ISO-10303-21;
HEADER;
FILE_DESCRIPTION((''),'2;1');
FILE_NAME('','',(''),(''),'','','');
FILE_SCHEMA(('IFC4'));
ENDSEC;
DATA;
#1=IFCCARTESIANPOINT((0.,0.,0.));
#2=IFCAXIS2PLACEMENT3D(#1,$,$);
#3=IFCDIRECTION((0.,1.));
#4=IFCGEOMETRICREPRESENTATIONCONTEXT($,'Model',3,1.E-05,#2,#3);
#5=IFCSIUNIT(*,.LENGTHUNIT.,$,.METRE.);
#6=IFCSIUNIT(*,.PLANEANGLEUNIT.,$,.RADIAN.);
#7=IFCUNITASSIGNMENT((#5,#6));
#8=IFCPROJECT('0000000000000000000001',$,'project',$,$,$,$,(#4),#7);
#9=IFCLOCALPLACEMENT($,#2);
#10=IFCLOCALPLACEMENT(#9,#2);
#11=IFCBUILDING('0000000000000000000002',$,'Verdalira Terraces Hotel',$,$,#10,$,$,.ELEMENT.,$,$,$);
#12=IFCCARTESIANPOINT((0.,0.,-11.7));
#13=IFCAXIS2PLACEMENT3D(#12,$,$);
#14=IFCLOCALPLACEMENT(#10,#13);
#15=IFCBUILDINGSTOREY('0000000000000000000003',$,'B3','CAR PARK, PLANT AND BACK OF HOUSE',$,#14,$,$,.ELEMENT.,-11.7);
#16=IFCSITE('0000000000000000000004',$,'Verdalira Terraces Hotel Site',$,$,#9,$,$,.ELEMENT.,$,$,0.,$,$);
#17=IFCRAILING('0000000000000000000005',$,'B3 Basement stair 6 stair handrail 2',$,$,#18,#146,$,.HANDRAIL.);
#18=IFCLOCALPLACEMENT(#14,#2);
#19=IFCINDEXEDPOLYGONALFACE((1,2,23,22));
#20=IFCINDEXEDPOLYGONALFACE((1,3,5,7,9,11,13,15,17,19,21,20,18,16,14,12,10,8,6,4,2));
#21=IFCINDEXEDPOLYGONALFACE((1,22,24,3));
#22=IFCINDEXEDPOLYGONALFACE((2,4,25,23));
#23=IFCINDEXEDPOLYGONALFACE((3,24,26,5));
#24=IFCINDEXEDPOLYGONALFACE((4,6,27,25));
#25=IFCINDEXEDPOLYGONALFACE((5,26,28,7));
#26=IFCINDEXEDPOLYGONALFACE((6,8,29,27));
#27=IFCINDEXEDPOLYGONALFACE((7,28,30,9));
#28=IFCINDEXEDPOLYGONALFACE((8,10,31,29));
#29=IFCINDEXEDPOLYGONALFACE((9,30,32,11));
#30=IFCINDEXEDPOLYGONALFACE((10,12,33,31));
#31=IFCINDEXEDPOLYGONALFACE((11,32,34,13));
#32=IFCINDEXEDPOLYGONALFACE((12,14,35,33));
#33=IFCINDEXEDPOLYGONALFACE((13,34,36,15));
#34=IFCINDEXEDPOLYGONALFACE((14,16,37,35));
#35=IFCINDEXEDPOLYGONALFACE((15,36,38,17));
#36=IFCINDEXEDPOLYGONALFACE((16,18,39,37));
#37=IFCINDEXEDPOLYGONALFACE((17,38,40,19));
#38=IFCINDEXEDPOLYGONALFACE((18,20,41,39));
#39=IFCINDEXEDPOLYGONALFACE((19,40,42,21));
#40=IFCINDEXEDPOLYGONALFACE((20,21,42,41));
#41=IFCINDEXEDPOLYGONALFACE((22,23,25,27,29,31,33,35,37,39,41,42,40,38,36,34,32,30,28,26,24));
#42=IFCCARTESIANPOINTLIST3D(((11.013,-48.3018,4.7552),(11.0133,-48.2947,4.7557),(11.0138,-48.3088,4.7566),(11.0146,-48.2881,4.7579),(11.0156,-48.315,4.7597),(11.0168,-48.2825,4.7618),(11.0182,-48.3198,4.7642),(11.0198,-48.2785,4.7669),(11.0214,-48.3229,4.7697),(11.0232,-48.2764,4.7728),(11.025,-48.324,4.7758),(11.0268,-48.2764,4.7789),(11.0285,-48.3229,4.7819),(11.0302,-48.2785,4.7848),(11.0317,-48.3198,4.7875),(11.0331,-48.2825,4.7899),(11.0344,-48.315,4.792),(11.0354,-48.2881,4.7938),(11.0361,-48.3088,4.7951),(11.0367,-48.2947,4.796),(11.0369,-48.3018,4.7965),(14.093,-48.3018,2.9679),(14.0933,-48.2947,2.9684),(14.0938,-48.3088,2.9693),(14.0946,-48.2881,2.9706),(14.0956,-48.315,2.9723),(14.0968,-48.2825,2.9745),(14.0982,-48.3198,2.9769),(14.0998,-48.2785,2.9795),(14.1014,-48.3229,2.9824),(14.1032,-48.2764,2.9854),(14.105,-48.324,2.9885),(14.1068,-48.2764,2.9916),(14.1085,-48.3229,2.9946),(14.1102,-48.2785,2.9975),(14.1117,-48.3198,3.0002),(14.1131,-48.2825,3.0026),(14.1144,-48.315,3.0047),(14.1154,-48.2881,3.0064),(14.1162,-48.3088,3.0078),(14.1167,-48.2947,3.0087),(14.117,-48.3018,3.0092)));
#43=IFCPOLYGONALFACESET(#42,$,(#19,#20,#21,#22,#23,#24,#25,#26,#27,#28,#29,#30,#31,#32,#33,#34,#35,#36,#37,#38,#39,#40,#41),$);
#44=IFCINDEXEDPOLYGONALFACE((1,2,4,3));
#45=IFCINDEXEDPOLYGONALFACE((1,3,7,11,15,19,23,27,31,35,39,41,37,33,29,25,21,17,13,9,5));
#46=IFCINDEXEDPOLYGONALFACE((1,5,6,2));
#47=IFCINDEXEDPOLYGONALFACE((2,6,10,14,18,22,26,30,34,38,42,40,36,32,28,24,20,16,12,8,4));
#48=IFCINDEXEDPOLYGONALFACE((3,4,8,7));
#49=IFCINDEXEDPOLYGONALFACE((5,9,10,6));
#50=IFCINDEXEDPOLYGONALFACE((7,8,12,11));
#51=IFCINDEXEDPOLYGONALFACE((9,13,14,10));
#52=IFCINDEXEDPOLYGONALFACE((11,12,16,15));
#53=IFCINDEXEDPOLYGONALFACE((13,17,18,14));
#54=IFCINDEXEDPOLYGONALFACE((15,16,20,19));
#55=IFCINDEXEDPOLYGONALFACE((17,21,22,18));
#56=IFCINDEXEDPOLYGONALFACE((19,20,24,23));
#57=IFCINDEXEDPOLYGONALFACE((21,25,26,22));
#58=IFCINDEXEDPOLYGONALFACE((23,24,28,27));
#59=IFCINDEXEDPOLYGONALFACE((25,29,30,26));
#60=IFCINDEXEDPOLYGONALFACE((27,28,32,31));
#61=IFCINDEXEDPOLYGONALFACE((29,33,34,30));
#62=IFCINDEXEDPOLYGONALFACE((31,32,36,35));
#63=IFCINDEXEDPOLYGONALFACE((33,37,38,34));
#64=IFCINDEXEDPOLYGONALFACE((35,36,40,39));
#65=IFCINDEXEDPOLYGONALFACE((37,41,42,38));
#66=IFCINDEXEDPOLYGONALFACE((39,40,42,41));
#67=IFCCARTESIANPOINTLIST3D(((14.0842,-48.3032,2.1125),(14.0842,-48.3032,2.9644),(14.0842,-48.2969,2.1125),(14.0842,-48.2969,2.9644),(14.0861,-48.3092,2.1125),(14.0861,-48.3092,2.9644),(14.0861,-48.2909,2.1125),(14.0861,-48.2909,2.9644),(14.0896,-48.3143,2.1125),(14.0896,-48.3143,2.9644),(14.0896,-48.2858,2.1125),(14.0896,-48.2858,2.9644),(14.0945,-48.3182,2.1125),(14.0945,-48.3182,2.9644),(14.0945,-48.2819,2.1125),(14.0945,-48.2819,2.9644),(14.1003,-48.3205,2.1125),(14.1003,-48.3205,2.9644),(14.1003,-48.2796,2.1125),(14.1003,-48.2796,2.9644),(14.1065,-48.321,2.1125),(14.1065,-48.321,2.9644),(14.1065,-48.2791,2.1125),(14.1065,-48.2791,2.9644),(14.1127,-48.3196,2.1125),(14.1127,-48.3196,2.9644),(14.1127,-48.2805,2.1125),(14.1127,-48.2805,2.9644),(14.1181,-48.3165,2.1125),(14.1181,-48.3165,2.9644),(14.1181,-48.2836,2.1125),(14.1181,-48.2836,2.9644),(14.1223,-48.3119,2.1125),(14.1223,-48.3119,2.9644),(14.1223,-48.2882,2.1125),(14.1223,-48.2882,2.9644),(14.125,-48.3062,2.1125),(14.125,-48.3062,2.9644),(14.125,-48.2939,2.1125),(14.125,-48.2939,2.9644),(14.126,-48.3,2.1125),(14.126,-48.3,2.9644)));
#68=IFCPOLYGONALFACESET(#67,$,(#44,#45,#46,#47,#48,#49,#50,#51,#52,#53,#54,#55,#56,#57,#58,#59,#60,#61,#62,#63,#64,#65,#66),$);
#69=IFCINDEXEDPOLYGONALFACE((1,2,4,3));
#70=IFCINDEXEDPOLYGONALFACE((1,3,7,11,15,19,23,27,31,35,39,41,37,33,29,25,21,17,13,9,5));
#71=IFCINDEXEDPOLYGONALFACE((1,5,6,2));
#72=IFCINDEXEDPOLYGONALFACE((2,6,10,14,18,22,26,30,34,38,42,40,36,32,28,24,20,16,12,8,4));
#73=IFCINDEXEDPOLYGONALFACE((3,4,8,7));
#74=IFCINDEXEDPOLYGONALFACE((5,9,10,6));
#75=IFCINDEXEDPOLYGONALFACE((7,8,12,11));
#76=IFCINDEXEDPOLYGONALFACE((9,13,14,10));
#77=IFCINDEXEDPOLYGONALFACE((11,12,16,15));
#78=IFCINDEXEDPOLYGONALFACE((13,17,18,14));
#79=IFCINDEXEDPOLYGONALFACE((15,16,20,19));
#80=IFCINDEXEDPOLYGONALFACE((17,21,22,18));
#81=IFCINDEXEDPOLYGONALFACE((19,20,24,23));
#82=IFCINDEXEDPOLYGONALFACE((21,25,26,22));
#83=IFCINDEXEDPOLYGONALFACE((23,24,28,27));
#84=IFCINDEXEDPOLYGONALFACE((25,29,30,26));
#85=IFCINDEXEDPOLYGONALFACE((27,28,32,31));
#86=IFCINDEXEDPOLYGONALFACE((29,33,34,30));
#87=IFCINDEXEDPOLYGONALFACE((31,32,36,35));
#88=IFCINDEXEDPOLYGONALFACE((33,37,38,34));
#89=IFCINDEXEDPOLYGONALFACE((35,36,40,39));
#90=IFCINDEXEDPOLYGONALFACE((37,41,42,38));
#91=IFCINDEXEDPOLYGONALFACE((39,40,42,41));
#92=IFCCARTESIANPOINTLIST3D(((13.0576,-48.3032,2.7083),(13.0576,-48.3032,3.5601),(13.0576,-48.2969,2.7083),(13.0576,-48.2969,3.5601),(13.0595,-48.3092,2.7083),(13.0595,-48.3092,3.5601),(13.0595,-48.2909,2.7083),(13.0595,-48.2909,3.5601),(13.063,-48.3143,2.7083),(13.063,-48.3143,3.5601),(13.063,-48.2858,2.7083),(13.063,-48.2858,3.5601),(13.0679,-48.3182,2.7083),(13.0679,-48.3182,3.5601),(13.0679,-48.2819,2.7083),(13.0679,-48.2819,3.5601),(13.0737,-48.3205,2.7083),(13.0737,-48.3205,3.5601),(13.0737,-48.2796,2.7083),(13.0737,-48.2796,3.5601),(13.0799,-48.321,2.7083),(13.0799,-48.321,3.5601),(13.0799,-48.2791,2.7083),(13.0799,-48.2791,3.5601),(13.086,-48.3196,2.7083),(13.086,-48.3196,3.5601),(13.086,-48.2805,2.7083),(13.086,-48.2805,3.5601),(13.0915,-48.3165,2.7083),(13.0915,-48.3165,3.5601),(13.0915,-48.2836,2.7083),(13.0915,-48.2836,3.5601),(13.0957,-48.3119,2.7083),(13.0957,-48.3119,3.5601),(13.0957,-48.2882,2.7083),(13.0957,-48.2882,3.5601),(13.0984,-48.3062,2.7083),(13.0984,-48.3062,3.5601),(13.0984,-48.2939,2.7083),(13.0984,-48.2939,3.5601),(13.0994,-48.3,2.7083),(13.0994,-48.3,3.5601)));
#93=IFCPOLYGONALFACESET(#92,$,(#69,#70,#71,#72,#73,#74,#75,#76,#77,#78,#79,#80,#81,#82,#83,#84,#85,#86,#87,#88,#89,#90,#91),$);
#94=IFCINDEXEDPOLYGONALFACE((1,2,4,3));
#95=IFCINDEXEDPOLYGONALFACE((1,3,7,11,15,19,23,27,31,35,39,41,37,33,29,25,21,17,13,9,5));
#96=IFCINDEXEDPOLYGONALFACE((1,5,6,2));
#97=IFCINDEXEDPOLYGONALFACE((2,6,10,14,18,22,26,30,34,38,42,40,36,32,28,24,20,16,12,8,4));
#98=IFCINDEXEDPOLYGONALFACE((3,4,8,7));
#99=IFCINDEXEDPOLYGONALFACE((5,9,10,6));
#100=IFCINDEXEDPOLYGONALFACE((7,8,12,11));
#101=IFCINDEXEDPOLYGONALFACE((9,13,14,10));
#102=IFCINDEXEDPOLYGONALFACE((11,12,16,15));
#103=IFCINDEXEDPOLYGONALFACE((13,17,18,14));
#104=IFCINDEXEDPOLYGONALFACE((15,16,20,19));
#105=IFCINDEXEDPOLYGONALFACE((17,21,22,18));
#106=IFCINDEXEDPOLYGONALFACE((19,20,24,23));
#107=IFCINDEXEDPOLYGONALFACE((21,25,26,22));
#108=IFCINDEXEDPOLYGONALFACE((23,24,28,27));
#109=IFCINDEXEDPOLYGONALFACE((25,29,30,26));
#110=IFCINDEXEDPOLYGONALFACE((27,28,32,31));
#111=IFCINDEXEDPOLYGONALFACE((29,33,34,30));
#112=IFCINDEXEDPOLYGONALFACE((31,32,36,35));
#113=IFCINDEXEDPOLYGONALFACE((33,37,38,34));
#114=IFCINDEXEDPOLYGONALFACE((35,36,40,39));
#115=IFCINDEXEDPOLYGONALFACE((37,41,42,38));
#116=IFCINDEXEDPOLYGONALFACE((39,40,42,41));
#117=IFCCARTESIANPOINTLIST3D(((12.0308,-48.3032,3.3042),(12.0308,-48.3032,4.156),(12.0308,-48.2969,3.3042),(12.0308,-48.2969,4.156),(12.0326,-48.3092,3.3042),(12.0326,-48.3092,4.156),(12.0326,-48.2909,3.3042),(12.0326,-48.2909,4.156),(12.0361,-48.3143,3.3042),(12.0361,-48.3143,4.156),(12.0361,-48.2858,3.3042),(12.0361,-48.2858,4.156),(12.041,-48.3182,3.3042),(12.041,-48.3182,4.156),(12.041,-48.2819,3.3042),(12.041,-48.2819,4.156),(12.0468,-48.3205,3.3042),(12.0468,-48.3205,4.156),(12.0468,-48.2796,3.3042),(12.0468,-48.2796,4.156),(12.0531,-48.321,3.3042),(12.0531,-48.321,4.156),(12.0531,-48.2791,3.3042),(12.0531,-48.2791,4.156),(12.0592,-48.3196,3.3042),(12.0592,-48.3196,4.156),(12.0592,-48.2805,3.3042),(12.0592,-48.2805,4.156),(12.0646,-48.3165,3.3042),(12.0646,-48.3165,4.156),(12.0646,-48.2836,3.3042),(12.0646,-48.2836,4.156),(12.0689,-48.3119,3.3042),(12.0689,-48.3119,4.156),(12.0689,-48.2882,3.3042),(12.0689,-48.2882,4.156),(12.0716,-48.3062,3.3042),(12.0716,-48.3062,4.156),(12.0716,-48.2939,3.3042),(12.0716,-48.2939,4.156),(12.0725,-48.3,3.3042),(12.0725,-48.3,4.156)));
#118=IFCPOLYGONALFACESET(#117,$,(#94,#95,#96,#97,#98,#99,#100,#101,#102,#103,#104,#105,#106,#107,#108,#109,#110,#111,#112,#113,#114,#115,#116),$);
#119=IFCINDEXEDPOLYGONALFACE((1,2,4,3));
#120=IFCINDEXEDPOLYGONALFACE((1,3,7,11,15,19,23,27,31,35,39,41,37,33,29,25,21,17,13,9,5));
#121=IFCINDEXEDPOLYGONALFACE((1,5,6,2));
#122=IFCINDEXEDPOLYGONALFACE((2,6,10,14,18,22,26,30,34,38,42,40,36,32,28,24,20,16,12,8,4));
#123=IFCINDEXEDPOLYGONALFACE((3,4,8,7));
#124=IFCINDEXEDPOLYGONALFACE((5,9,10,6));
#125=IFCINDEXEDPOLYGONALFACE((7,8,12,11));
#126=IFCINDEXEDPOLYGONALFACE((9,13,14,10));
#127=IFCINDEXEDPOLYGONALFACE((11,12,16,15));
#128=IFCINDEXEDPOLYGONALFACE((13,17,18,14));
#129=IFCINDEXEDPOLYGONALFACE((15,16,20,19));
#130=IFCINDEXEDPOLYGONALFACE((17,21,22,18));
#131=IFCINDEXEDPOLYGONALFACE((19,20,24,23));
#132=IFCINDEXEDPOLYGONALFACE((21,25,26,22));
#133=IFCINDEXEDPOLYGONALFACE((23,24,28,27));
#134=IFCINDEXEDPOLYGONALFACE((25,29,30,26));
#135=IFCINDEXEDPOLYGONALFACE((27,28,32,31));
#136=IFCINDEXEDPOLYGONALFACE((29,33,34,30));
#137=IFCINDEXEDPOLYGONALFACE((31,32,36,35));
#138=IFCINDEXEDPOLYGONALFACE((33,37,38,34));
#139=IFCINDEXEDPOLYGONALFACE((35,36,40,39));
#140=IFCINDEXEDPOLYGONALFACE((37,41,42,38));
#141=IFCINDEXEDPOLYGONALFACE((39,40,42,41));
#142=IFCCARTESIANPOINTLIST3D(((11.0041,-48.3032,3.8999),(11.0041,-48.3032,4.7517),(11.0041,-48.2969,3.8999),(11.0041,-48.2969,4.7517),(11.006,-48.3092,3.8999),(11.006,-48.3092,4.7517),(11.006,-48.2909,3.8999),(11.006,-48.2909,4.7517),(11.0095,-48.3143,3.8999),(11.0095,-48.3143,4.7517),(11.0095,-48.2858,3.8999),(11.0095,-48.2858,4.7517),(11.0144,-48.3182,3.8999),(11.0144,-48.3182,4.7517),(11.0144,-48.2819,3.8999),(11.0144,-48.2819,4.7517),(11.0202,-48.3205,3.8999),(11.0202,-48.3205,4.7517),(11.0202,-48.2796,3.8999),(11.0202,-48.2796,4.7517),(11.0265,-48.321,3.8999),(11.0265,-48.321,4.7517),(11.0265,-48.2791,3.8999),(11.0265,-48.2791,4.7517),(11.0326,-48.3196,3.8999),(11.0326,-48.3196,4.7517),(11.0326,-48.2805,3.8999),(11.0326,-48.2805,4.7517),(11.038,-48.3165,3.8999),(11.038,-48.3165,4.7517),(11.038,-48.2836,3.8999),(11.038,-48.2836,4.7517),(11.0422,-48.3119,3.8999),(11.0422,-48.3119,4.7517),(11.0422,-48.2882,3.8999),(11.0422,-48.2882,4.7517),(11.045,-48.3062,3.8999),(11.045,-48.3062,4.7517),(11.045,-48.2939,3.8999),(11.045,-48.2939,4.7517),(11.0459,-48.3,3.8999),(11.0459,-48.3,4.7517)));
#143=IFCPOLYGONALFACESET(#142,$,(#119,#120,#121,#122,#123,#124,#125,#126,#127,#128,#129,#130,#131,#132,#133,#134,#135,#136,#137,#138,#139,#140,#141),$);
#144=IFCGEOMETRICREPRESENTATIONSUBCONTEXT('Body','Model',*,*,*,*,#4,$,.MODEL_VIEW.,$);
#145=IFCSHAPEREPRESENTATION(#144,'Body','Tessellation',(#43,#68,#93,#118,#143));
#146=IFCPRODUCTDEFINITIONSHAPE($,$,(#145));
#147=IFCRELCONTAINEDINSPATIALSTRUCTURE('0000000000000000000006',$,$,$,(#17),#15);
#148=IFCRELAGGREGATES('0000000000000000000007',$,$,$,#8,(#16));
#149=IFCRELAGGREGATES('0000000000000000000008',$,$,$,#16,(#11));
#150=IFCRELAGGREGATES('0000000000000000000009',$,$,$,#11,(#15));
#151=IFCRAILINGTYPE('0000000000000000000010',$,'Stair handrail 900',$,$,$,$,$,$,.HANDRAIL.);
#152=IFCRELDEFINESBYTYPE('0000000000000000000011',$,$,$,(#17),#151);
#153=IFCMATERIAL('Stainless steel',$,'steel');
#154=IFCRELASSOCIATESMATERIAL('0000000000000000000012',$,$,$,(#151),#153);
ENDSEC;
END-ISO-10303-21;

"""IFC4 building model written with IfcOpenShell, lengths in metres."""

from ifc_helpers import new_model, si_unit, direction, frame, origin, origin_2d, place, context, subcontext, project, spatial, circle, extrude, material, type_object, element, save


model = new_model("IFC4")

# Units and contexts
model_context = context("Model", 3, precision=1e-05, world=origin(), true_north=direction((0.0, 1.0)))
body_context = subcontext(model_context, "Body", "Model", "MODEL_VIEW")
ifc_project = project(units=[si_unit("LENGTHUNIT", "METRE"), si_unit("PLANEANGLEUNIT", "RADIAN")], contexts=[model_context])

# Site, building, storey
site_placement = place(None, origin())
site = spatial("IfcSite", under=ifc_project, at=site_placement, Name="Verdalira Terraces Hotel Site", CompositionType="ELEMENT", RefElevation=0.0)
building_placement = place(site_placement, origin())
building = spatial("IfcBuilding", under=site, at=building_placement, Name="Verdalira Terraces Hotel", CompositionType="ELEMENT")
storey_placement = place(building_placement, frame((0.0, 0.0, -11.7)))
storey = spatial("IfcBuildingStorey", under=building, at=storey_placement, Name="B3", Description="CAR PARK, PLANT AND BACK OF HOUSE", CompositionType="ELEMENT", Elevation=-11.7)

# Railing
ifc_material_1 = material(Name="Stainless steel", Category="steel")
railing_type_1 = type_object("IfcRailingType", Name="Stair handrail 900", PredefinedType="HANDRAIL", material=ifc_material_1)
railing_1_placement = place(storey_placement, frame((14.105, -48.3, 2.1125)))
element("IfcRailing", 1, at=railing_1_placement, inside=storey, type_object=railing_type_1, Name="B3 Basement stair 6 stair handrail 2", PredefinedType="HANDRAIL", context=body_context, shape_type="SweptSolid", body=[
    extrude(circle(Radius=0.0239, at=origin_2d()), frame((0.0, 0.0, 0.876), z_axis=(-0.86492, 0.0, 0.501909), x_axis=(0.0, -1.0, 0.0)), (0.0, 0.0, 1.0), 3.561),
    extrude(circle(Radius=0.021, at=origin_2d()), origin(), (0.0, 0.0, 1.0), 0.8518),
    extrude(circle(Radius=0.021, at=origin_2d()), frame((-1.0266, 0.0, 0.5957)), (0.0, 0.0, 1.0), 0.8518),
    extrude(circle(Radius=0.021, at=origin_2d()), frame((-2.0535, 0.0, 1.1917)), (0.0, 0.0, 1.0), 0.8518),
    extrude(circle(Radius=0.021, at=origin_2d()), frame((-3.0801, 0.0, 1.7874)), (0.0, 0.0, 1.0), 0.8518),
])

save(model, "model.ifc")
